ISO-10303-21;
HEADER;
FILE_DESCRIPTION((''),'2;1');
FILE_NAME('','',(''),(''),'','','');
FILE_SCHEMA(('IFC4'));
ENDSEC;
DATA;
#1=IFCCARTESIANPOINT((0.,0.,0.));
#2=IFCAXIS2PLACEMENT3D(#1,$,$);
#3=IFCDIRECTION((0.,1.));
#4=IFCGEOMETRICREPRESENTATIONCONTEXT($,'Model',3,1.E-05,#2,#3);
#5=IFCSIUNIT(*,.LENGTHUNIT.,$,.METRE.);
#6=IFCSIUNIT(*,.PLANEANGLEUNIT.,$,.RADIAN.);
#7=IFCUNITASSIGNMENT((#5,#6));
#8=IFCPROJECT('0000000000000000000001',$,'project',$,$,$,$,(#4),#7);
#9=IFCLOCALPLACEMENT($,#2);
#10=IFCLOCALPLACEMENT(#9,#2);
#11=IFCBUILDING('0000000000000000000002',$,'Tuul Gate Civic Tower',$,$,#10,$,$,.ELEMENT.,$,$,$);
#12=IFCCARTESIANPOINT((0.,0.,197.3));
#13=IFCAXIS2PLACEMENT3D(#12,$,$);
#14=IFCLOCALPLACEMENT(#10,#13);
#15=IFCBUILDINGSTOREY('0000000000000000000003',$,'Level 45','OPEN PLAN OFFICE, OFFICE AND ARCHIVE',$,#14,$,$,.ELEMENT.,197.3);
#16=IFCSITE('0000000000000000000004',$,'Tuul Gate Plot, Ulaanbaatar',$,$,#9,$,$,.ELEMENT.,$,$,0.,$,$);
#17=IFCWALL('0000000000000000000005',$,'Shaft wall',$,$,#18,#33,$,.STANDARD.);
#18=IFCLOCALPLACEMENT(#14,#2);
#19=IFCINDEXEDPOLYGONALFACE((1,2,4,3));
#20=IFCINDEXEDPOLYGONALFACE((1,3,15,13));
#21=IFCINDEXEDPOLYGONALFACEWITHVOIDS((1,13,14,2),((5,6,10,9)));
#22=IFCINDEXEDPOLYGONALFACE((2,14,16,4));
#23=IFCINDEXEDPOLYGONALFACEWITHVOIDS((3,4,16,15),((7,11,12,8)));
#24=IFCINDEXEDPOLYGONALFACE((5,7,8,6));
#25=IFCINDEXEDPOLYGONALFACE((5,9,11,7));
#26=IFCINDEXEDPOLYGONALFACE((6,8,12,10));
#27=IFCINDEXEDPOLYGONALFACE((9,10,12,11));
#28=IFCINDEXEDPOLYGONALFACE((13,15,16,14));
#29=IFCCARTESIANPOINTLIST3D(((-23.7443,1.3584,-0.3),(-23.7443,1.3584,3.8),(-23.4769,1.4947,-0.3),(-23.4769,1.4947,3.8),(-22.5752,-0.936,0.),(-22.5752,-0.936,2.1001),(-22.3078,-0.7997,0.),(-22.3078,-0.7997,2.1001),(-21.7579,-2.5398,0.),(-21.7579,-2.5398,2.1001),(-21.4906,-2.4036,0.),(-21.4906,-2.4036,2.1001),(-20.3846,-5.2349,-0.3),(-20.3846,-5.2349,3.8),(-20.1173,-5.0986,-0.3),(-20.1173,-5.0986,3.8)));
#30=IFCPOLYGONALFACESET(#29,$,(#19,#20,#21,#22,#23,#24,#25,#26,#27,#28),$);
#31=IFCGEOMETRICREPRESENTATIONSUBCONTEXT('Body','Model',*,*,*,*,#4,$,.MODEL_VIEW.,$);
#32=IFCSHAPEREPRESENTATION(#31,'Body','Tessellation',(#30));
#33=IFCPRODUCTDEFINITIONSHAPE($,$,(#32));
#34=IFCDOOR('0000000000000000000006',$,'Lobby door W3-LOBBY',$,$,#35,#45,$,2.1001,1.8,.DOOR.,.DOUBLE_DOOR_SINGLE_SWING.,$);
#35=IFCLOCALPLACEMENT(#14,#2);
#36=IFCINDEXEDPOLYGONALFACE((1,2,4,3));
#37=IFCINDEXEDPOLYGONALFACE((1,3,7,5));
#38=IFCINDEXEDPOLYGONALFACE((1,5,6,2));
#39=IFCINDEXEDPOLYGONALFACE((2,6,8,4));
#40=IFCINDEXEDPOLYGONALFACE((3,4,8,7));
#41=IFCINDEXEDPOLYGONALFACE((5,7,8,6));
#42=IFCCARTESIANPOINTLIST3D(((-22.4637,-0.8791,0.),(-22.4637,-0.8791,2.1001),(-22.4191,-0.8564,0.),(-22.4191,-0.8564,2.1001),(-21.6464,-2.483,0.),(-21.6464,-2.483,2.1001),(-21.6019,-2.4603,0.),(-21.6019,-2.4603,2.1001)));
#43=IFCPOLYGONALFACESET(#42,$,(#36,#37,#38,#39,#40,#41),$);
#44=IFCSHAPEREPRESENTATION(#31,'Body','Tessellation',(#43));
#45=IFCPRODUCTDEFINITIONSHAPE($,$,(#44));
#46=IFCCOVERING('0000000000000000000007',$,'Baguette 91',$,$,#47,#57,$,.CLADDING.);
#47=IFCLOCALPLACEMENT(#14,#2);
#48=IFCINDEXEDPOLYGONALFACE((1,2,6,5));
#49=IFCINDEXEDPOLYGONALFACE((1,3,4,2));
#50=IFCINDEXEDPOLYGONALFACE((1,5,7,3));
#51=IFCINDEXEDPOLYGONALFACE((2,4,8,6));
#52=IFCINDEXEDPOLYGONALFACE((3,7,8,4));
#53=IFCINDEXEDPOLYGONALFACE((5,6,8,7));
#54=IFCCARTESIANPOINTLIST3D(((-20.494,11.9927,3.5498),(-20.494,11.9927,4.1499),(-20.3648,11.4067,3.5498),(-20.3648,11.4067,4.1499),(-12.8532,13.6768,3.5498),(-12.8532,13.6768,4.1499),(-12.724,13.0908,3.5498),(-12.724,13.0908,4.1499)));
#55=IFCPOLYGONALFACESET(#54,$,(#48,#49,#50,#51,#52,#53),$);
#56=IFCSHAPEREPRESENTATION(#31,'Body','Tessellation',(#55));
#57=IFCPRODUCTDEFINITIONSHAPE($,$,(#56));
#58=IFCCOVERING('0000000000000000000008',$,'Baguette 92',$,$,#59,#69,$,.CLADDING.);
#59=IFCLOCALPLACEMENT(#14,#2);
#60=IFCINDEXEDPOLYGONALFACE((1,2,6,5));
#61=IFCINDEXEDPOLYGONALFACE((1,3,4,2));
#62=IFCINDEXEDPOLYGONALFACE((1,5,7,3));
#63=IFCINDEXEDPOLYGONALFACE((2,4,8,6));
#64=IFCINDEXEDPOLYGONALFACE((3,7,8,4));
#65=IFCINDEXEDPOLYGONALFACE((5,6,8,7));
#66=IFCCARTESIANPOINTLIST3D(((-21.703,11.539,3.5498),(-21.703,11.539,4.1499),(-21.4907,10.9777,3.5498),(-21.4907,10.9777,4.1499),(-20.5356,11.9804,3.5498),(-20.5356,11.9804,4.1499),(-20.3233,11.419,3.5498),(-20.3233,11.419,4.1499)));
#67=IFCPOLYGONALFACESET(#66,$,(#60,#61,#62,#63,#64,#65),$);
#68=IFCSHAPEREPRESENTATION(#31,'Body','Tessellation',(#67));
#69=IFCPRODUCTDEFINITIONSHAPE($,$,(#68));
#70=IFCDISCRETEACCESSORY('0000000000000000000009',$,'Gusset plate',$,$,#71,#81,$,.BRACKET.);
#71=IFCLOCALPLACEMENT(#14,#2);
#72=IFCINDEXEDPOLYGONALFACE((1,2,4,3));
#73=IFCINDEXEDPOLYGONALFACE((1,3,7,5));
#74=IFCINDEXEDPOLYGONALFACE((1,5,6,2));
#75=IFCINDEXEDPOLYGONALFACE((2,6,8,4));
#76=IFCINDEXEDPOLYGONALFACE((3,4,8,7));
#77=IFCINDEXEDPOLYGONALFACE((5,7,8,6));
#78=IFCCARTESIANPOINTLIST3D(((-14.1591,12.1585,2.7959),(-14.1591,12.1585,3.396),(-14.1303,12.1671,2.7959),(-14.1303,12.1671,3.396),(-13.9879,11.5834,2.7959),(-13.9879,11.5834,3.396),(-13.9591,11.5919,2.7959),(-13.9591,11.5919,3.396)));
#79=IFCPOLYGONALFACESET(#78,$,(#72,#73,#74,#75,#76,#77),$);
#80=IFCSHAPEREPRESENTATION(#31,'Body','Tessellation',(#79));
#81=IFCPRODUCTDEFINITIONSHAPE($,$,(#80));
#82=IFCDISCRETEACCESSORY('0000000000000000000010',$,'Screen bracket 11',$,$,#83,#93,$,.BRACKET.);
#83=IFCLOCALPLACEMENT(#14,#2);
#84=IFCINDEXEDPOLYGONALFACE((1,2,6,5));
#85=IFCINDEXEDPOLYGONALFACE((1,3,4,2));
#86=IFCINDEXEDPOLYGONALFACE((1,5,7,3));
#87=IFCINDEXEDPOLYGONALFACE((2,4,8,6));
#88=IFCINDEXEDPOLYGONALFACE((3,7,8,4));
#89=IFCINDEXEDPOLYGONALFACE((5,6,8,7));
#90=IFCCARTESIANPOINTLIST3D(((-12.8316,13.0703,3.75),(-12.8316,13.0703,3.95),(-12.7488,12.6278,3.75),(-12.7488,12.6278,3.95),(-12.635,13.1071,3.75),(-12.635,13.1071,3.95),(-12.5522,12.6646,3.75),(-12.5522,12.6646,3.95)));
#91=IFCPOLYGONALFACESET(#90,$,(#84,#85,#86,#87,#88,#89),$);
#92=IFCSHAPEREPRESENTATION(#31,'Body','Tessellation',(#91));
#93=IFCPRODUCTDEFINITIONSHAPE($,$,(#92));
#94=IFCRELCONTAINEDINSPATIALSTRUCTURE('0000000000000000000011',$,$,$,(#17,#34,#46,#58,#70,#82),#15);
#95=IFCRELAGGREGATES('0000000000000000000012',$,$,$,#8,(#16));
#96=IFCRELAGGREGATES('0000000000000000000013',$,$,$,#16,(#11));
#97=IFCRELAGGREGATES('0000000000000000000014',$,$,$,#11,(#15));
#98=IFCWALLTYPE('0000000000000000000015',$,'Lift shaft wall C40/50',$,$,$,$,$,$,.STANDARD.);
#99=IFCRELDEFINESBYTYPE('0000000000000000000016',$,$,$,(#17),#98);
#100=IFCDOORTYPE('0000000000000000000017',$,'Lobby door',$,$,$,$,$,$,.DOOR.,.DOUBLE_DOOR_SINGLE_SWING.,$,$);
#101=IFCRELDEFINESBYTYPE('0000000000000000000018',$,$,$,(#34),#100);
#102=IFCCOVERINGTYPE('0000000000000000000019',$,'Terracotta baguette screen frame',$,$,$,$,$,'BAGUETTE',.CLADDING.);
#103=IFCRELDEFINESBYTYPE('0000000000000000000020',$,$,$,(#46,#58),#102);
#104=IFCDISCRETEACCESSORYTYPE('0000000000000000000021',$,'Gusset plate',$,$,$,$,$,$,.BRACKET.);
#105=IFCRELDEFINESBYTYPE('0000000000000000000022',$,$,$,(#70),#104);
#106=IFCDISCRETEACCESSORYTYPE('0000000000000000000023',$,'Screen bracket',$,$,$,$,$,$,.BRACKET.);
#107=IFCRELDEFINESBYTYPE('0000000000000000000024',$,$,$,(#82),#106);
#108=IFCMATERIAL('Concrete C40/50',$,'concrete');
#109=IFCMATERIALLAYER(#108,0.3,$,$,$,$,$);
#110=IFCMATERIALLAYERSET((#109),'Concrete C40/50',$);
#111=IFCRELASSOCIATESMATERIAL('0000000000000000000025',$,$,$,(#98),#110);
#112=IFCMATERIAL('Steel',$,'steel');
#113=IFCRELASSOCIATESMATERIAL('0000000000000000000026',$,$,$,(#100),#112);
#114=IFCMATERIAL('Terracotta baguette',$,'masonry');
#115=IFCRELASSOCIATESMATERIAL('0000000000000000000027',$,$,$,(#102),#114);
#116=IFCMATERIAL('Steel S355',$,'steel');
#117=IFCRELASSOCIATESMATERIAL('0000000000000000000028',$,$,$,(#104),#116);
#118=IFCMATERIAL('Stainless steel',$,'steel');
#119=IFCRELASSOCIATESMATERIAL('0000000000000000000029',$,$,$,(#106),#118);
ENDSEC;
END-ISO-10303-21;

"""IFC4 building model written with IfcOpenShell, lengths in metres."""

from ifc_helpers import new_model, si_unit, direction, frame, frame_2d, origin, origin_2d, place, context, subcontext, project, spatial, rectangle, extrude, material, layer, layer_set, material_profile, profile_set, type_object, element, fill, save


model = new_model("IFC4")

# Units and contexts
model_context = context("Model", 3, precision=1e-05, world=origin(), true_north=direction((0.0, 1.0)))
body_context = subcontext(model_context, "Body", "Model", "MODEL_VIEW")
ifc_project = project(units=[si_unit("LENGTHUNIT", "METRE"), si_unit("PLANEANGLEUNIT", "RADIAN")], contexts=[model_context])

# Site, building, storey
site_placement = place(None, origin())
site = spatial("IfcSite", under=ifc_project, at=site_placement, Name="Tuul Gate Plot, Ulaanbaatar", CompositionType="ELEMENT", RefElevation=0.0)
building_placement = place(site_placement, origin())
building = spatial("IfcBuilding", under=site, at=building_placement, Name="Tuul Gate Civic Tower", CompositionType="ELEMENT")
storey_placement = place(building_placement, frame((0.0, 0.0, 197.3)))
storey = spatial("IfcBuildingStorey", under=building, at=storey_placement, Name="Level 45", Description="OPEN PLAN OFFICE, OFFICE AND ARCHIVE", CompositionType="ELEMENT", Elevation=197.3)

# Shared definitions
ifc_material_1 = material(Name="Concrete C40/50", Category="concrete")
ifc_layer_1 = layer(ifc_material_1, 0.3)
ifc_layer_set_1 = layer_set([ifc_layer_1], Name="Concrete C40/50")
wall_type_1 = type_object("IfcWallType", Name="Lift shaft wall C40/50", PredefinedType="STANDARD", material=ifc_layer_set_1)

# Wall, opening, door
wall_1_placement = place(storey_placement, frame((-20.251, -5.1667, -0.3), z_axis=(0.0, 0.0, 1.0), x_axis=(-0.45401, 0.890996, 0.0)))
wall_1 = element("IfcWall", 1, at=wall_1_placement, inside=storey, type_object=wall_type_1, Name="Shaft wall", PredefinedType="STANDARD", context=body_context, shape_type="SweptSolid", body=[
    extrude(rectangle(XDim=7.3999, YDim=0.3, at=frame_2d((3.7, 0.0))), origin(), (0.0, 0.0, 1.0), 4.1001),
])
opening_1_placement = place(wall_1_placement, frame((3.0249, 0.0, 0.3)))
opening_1 = element("IfcOpeningElement", 2, at=opening_1_placement, cuts=wall_1, PredefinedType="OPENING", context=body_context, shape_type="SweptSolid", body=[
    extrude(rectangle(XDim=1.8, YDim=2.1001, at=frame_2d((0.8999, 1.05))), frame((0.0, 0.1602, 0.0), z_axis=(0.0, -1.0, 0.0), x_axis=(1.0, 0.0, 0.0)), (0.0, 0.0, 1.0), 0.3201),
])
ifc_material_2 = material(Name="Steel", Category="steel")
door_type_1 = type_object("IfcDoorType", Name="Lobby door", OperationType="DOUBLE_DOOR_SINGLE_SWING", PredefinedType="DOOR", material=ifc_material_2)
door_1_placement = place(opening_1_placement, origin())
door_1 = element("IfcDoor", 3, at=door_1_placement, inside=storey, type_object=door_type_1, Name="Lobby door W3-LOBBY", OperationType="DOUBLE_DOOR_SINGLE_SWING", OverallHeight=2.1001, OverallWidth=1.8, PredefinedType="DOOR", context=body_context, shape_type="SweptSolid", body=[
    extrude(rectangle(XDim=1.8, YDim=2.1001, at=frame_2d((0.8999, 1.05))), frame((0.0, 0.0249, 0.0), z_axis=(0.0, -1.0, 0.0), x_axis=(1.0, 0.0, 0.0)), (0.0, 0.0, 1.0), 0.05),
])
fill(opening_1, door_1)

# Coverings
ifc_material_3 = material(Name="Terracotta baguette", Category="masonry")
ifc_material_profile_1 = material_profile(ifc_material_3, rectangle(XDim=0.6001, YDim=0.6001, at=origin_2d()), Name="Terracotta baguette screen frame")
ifc_profile_set_1 = profile_set([ifc_material_profile_1], Name="Terracotta baguette")
covering_type = type_object("IfcCoveringType", Name="Terracotta baguette screen frame", ElementType="BAGUETTE", PredefinedType="CLADDING", material=ifc_profile_set_1)
covering_1_placement = place(storey_placement, frame((-12.7886, 13.3838, 3.8499), z_axis=(-0.976561, -0.215239, 0.0), x_axis=(0.215239, -0.976561, 0.0)))
element("IfcCovering", 4, at=covering_1_placement, inside=storey, type_object=covering_type, Name="Baguette 91", PredefinedType="CLADDING", context=body_context, shape_type="SweptSolid", body=[
    extrude(rectangle(XDim=0.6001, YDim=0.6001, at=origin_2d()), origin(), (0.0, 0.0, 1.0), 7.8242),
])
covering_2_placement = place(storey_placement, frame((-20.4294, 11.6997, 3.8499), z_axis=(-0.935377, -0.353652, 0.0), x_axis=(0.353652, -0.935377, 0.0)))
element("IfcCovering", 5, at=covering_2_placement, inside=storey, type_object=covering_type, Name="Baguette 92", PredefinedType="CLADDING", context=body_context, shape_type="SweptSolid", body=[
    extrude(rectangle(XDim=0.6001, YDim=0.6001, at=origin_2d()), origin(), (0.0, 0.0, 1.0), 1.248),
])

# Discrete accessories
ifc_material_4 = material(Name="Steel S355", Category="steel")
discrete_accessory_type_1 = type_object("IfcDiscreteAccessoryType", Name="Gusset plate", PredefinedType="BRACKET", material=ifc_material_4)
discrete_accessory_1_placement = place(storey_placement, frame((-14.0591, 11.8752, 2.7959), z_axis=(0.0, 0.0, 1.0), x_axis=(-0.285212, 0.958464, 0.0)))
element("IfcDiscreteAccessory", 6, at=discrete_accessory_1_placement, inside=storey, type_object=discrete_accessory_type_1, Name="Gusset plate", PredefinedType="BRACKET", context=body_context, shape_type="SweptSolid", body=[
    extrude(rectangle(XDim=0.6001, YDim=0.03, at=origin_2d()), origin(), (0.0, 0.0, 1.0), 0.6001),
])
ifc_material_5 = material(Name="Stainless steel", Category="steel")
discrete_accessory_type_2 = type_object("IfcDiscreteAccessoryType", Name="Screen bracket", PredefinedType="BRACKET", material=ifc_material_5)
discrete_accessory_2_placement = place(storey_placement, frame((-12.6919, 12.8674, 3.75), z_axis=(0.0, 0.0, 1.0), x_axis=(-0.183854, 0.982954, 0.0)))
element("IfcDiscreteAccessory", 7, at=discrete_accessory_2_placement, inside=storey, type_object=discrete_accessory_type_2, Name="Screen bracket 11", PredefinedType="BRACKET", context=body_context, shape_type="SweptSolid", body=[
    extrude(rectangle(XDim=0.4502, YDim=0.2, at=origin_2d()), origin(), (0.0, 0.0, 1.0), 0.2),
])

save(model, "model.ifc")
